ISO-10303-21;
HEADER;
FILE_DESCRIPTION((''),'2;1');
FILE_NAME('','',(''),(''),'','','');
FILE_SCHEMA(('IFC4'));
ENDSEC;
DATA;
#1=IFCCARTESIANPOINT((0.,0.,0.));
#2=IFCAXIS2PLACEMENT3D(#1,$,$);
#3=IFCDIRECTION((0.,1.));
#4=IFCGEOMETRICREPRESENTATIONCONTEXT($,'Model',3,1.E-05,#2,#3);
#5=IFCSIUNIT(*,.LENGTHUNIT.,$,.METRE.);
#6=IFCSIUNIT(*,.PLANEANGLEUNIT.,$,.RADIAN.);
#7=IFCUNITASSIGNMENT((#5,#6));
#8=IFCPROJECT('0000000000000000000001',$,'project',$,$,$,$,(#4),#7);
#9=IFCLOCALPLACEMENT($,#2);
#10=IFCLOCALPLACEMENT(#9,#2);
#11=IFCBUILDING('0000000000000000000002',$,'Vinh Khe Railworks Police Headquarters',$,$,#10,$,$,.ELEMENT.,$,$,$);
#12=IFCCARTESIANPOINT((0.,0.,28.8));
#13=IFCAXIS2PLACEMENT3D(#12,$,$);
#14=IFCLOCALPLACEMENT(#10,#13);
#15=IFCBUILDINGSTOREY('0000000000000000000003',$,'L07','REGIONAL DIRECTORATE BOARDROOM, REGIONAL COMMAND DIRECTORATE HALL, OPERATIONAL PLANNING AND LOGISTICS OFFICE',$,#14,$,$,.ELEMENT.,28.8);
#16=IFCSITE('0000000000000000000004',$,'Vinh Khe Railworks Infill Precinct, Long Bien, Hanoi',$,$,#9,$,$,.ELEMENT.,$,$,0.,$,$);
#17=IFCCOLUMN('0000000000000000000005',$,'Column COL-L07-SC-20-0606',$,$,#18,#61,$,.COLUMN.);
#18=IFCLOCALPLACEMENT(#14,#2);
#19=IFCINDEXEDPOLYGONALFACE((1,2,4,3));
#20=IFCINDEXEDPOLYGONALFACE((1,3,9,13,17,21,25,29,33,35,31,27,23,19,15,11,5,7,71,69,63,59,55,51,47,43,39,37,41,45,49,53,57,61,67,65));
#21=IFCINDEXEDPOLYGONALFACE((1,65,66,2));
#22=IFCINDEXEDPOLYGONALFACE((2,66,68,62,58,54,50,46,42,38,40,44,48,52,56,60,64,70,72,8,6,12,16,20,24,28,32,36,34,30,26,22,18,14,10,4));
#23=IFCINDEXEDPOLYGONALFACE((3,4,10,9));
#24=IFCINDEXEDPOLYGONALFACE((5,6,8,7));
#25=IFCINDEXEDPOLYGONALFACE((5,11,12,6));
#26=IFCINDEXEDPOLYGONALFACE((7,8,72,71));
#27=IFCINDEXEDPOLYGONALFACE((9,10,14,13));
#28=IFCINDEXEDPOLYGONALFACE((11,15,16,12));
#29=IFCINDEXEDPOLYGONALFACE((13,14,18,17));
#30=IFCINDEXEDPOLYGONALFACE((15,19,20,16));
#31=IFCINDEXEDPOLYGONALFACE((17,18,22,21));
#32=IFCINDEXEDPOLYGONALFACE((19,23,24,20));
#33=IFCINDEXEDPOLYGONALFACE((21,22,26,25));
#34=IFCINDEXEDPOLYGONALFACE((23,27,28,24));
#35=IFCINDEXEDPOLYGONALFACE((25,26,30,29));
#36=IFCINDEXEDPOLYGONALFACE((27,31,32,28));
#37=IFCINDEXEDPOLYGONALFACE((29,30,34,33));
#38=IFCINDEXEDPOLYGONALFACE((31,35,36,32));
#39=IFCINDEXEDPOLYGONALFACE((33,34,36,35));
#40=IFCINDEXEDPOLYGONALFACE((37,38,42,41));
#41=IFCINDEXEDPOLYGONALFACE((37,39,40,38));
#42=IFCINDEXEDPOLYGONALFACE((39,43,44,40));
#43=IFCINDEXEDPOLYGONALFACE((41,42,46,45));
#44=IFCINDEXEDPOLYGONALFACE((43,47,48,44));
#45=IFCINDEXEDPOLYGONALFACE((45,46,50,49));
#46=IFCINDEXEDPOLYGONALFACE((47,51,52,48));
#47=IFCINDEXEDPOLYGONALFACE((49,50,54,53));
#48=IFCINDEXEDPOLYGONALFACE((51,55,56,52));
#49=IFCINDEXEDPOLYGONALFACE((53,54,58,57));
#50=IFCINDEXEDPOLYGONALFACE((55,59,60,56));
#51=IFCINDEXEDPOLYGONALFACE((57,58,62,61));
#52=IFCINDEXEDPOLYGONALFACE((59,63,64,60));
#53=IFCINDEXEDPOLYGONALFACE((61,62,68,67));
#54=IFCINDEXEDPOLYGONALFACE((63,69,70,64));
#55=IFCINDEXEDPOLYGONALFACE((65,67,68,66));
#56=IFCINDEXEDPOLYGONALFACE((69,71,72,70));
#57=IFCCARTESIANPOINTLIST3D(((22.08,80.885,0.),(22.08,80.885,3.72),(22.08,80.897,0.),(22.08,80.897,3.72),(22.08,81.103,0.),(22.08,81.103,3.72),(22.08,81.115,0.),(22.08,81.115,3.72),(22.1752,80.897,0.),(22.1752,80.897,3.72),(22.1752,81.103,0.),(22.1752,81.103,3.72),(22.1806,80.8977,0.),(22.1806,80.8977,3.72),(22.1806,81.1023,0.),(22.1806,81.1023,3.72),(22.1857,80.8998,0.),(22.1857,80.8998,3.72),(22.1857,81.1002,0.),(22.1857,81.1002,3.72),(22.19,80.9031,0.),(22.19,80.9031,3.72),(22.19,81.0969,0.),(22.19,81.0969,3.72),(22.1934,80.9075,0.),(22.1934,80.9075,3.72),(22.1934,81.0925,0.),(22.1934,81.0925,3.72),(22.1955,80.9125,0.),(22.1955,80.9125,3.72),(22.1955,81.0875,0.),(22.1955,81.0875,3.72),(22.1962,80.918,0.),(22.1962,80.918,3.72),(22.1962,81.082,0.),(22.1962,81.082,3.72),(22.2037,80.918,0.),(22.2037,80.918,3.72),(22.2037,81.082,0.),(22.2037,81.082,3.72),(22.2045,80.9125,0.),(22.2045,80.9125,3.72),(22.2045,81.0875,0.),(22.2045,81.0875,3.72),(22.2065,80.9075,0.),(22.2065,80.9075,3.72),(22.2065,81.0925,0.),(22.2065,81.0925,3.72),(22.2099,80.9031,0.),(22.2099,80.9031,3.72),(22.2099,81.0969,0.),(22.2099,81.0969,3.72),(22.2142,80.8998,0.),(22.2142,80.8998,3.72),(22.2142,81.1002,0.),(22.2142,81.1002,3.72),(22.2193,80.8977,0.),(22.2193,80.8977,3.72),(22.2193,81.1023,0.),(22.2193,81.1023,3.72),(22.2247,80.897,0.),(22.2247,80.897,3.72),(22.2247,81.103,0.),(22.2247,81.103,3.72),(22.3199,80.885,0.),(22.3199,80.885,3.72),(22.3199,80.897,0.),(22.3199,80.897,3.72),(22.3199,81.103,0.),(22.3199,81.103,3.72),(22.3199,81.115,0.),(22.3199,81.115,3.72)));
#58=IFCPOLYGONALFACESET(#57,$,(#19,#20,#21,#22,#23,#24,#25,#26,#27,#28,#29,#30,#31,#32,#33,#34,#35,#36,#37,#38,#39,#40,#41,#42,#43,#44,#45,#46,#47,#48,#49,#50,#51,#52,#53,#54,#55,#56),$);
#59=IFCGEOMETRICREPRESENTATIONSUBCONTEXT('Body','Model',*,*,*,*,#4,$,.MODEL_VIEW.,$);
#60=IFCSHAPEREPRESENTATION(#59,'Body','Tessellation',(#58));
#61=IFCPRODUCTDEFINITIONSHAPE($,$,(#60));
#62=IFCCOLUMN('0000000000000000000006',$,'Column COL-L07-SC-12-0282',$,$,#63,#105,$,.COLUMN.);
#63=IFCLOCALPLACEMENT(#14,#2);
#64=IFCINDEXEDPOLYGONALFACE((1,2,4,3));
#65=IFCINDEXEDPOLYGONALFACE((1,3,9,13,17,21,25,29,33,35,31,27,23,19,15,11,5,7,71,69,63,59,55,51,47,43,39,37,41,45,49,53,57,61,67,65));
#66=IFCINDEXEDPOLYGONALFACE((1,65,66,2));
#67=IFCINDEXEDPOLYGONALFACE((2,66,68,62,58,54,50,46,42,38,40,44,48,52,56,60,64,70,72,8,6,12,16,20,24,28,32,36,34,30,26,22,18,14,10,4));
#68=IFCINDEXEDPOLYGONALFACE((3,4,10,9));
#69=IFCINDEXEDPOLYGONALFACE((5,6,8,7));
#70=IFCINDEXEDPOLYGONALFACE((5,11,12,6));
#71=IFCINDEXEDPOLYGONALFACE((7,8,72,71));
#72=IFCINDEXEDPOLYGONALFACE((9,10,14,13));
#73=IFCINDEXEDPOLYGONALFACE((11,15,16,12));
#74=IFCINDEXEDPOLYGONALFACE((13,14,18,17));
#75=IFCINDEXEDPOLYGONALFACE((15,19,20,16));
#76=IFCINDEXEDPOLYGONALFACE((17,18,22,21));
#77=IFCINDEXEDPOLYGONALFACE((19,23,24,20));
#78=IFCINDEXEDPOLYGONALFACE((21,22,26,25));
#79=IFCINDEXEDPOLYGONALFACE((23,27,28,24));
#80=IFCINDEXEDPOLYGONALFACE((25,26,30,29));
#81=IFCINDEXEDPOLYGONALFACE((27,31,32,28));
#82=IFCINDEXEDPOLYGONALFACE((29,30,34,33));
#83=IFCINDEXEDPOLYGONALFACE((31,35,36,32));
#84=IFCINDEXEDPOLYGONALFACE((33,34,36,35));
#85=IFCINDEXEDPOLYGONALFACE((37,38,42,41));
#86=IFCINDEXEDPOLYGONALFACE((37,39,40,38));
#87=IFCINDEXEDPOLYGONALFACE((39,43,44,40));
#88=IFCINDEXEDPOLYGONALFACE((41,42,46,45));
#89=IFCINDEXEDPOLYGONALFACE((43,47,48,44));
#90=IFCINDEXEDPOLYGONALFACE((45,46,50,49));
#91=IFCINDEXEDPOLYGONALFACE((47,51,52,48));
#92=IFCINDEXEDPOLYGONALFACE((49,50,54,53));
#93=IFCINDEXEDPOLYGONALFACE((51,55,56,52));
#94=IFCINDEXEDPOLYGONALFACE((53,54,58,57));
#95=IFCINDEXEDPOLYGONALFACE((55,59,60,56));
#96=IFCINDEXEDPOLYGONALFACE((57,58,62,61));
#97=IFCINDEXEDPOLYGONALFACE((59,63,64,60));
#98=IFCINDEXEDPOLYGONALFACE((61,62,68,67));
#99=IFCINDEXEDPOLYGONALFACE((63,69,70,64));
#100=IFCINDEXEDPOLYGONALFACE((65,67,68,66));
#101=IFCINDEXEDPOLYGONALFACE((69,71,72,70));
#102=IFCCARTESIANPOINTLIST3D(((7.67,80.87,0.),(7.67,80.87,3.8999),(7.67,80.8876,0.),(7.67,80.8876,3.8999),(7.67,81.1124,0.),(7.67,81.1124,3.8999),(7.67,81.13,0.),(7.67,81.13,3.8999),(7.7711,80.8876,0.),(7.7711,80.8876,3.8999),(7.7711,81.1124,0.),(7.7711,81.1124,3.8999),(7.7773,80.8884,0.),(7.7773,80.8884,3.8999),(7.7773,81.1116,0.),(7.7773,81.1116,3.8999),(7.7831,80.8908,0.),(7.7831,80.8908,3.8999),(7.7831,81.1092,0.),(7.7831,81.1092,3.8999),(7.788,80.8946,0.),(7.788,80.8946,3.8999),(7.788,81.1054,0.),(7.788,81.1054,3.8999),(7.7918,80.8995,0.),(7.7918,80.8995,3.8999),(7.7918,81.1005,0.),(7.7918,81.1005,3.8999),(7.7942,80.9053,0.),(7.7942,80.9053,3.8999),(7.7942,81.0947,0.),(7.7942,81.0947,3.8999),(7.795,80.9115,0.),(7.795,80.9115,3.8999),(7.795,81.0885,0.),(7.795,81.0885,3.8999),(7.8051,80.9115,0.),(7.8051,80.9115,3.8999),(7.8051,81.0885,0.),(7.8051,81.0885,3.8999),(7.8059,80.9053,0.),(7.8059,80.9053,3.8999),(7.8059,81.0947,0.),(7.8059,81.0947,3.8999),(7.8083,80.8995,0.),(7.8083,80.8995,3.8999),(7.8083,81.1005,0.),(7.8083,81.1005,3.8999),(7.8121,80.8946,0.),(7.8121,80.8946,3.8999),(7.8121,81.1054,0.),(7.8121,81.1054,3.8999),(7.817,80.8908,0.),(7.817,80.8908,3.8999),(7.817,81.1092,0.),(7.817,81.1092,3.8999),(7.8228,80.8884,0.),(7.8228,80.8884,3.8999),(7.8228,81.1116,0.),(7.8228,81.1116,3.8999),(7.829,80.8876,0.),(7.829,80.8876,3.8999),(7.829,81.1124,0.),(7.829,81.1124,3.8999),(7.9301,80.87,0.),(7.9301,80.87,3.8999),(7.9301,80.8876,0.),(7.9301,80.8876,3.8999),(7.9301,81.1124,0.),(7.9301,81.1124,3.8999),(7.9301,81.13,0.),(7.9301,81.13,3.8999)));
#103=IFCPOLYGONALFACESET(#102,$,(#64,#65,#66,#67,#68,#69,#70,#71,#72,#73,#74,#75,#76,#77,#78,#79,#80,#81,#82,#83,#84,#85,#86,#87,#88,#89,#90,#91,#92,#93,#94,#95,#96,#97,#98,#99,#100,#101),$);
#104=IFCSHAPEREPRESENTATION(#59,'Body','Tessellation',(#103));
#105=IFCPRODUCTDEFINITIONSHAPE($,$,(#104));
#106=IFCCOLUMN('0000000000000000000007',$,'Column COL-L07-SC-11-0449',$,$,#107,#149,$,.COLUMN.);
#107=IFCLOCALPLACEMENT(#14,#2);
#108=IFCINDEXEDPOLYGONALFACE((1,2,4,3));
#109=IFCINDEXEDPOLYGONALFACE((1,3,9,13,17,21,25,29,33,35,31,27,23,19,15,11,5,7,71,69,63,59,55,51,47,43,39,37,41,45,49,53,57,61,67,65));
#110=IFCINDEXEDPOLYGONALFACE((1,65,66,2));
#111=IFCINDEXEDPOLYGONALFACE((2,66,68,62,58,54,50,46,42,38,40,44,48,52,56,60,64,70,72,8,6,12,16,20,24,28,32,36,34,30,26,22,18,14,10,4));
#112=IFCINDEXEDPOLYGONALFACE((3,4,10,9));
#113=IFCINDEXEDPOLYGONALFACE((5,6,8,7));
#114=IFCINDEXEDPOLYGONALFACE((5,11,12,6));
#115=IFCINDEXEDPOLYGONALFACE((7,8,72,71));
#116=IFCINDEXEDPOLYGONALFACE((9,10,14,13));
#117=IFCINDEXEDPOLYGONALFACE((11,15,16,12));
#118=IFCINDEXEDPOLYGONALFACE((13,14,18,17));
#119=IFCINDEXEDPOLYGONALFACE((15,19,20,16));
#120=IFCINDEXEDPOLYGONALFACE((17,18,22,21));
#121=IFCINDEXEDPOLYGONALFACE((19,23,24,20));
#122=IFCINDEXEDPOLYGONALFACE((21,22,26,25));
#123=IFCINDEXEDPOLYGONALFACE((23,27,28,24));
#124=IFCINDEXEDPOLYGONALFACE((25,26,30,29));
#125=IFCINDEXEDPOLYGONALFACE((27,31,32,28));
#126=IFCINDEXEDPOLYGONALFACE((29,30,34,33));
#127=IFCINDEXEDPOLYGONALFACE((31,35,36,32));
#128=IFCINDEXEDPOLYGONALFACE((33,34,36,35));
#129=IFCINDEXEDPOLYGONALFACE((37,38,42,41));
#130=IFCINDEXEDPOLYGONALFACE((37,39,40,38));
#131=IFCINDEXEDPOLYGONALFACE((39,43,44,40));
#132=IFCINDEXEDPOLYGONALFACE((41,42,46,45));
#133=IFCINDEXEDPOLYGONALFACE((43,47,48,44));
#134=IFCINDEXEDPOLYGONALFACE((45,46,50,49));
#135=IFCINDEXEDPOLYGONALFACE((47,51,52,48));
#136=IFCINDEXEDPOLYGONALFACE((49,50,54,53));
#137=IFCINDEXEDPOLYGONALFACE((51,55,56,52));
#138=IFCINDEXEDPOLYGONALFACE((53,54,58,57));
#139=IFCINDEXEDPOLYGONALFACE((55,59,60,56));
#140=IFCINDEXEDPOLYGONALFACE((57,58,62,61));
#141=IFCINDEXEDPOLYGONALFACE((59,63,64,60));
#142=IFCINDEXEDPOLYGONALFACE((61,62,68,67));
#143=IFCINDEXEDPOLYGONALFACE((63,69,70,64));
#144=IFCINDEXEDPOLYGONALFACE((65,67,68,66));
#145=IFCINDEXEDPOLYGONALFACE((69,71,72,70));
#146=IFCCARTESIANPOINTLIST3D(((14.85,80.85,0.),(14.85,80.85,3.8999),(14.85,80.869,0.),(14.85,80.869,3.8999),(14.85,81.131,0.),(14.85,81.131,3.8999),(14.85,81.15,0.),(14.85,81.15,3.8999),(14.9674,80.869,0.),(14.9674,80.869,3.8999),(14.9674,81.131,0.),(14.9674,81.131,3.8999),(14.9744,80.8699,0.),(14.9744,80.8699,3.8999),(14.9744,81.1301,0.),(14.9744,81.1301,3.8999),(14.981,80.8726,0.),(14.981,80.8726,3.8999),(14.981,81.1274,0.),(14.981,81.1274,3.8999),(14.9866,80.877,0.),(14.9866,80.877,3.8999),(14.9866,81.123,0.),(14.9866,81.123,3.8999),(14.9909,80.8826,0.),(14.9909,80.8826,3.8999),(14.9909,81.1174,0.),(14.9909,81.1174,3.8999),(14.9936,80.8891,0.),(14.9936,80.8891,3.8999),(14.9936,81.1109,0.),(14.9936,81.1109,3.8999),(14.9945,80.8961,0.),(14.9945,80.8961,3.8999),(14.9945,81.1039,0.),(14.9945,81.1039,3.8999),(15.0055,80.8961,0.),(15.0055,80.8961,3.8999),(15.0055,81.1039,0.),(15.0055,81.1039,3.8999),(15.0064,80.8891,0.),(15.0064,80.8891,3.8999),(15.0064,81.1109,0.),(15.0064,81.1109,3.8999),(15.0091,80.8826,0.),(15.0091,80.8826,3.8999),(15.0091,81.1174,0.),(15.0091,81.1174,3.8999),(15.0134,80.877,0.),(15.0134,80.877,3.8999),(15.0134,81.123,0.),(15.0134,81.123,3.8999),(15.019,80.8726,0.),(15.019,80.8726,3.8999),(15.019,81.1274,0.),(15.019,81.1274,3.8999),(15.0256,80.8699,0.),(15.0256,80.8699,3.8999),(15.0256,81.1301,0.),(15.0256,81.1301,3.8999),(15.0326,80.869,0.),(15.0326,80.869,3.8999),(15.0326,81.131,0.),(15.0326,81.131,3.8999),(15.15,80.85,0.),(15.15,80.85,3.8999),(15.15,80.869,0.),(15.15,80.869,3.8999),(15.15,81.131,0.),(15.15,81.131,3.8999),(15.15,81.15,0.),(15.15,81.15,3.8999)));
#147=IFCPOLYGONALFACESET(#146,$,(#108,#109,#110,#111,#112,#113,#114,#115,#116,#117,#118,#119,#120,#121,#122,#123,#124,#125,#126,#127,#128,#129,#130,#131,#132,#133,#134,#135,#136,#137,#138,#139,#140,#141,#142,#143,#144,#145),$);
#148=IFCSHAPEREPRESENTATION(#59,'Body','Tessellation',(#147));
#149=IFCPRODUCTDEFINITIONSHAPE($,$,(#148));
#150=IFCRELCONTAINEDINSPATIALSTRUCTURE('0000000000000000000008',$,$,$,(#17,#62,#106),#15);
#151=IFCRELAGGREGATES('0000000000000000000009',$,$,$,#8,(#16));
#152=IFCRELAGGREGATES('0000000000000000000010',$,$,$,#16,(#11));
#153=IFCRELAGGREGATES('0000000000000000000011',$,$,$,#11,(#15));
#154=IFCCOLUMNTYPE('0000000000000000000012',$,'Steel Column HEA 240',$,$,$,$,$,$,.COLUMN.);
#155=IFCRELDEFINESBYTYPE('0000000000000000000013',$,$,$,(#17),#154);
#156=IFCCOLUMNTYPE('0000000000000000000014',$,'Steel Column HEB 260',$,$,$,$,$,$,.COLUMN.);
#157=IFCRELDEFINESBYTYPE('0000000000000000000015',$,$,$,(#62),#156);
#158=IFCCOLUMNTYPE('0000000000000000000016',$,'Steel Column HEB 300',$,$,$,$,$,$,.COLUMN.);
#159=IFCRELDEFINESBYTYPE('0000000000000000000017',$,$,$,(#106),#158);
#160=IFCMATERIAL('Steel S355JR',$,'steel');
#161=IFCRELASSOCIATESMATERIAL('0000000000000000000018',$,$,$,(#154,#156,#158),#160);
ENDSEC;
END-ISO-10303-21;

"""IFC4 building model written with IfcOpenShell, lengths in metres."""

from ifc_helpers import new_model, si_unit, direction, frame, origin, origin_2d, place, context, subcontext, project, spatial, i_section, extrude, material, material_profile, profile_set, type_object, element, save


model = new_model("IFC4")

# Units and contexts
model_context = context("Model", 3, precision=1e-05, world=origin(), true_north=direction((0.0, 1.0)))
body_context = subcontext(model_context, "Body", "Model", "MODEL_VIEW")
ifc_project = project(units=[si_unit("LENGTHUNIT", "METRE"), si_unit("PLANEANGLEUNIT", "RADIAN")], contexts=[model_context])

# Site, building, storey
site_placement = place(None, origin())
site = spatial("IfcSite", under=ifc_project, at=site_placement, Name="Vinh Khe Railworks Infill Precinct, Long Bien, Hanoi", CompositionType="ELEMENT", RefElevation=0.0)
building_placement = place(site_placement, origin())
building = spatial("IfcBuilding", under=site, at=building_placement, Name="Vinh Khe Railworks Police Headquarters", CompositionType="ELEMENT")
storey_placement = place(building_placement, frame((0.0, 0.0, 28.8)))
storey = spatial("IfcBuildingStorey", under=building, at=storey_placement, Name="L07", Description="REGIONAL DIRECTORATE BOARDROOM, REGIONAL COMMAND DIRECTORATE HALL, OPERATIONAL PLANNING AND LOGISTICS OFFICE", CompositionType="ELEMENT", Elevation=28.8)

# Columns
ifc_material_1 = material(Name="Steel S355JR", Category="steel")
ifc_material_profile_1 = material_profile(ifc_material_1, i_section(OverallWidth=0.24, OverallDepth=0.23, WebThickness=0.0076, FlangeThickness=0.012, FilletRadius=0.021, at=origin_2d()), Name="HEA 240")
ifc_profile_set_1 = profile_set([ifc_material_profile_1], Name="Steel S355JR")
column_type_1 = type_object("IfcColumnType", Name="Steel Column HEA 240", PredefinedType="COLUMN", material=ifc_profile_set_1)
column_1_placement = place(storey_placement, frame((22.2, 81.0, 0.0), z_axis=(0.0, 0.0, 1.0), x_axis=(1.0, 0.0, 0.0)))
element("IfcColumn", 1, at=column_1_placement, inside=storey, type_object=column_type_1, Name="Column COL-L07-SC-20-0606", PredefinedType="COLUMN", context=body_context, shape_type="SweptSolid", body=[
    extrude(i_section(OverallWidth=0.24, OverallDepth=0.23, WebThickness=0.0076, FlangeThickness=0.012, FilletRadius=0.021, at=origin_2d()), origin(), (0.0, 0.0, 1.0), 3.72),
])
ifc_material_profile_2 = material_profile(ifc_material_1, i_section(OverallWidth=0.26, OverallDepth=0.26, WebThickness=0.01, FlangeThickness=0.0176, FilletRadius=0.0239, at=origin_2d()), Name="HEB 260")
ifc_profile_set_2 = profile_set([ifc_material_profile_2], Name="Steel S355JR")
column_type_2 = type_object("IfcColumnType", Name="Steel Column HEB 260", PredefinedType="COLUMN", material=ifc_profile_set_2)
column_2_placement = place(storey_placement, frame((7.8, 81.0, 0.0), z_axis=(0.0, 0.0, 1.0), x_axis=(1.0, 0.0, 0.0)))
element("IfcColumn", 2, at=column_2_placement, inside=storey, type_object=column_type_2, Name="Column COL-L07-SC-12-0282", PredefinedType="COLUMN", context=body_context, shape_type="SweptSolid", body=[
    extrude(i_section(OverallWidth=0.26, OverallDepth=0.26, WebThickness=0.01, FlangeThickness=0.0176, FilletRadius=0.0239, at=origin_2d()), origin(), (0.0, 0.0, 1.0), 3.8999),
])
ifc_material_profile_3 = material_profile(ifc_material_1, i_section(OverallWidth=0.3, OverallDepth=0.3, WebThickness=0.011, FlangeThickness=0.019, FilletRadius=0.0271, at=origin_2d()), Name="HEB 300")
ifc_profile_set_3 = profile_set([ifc_material_profile_3], Name="Steel S355JR")
column_type_3 = type_object("IfcColumnType", Name="Steel Column HEB 300", PredefinedType="COLUMN", material=ifc_profile_set_3)
column_3_placement = place(storey_placement, frame((15.0, 81.0, 0.0), z_axis=(0.0, 0.0, 1.0), x_axis=(1.0, 0.0, 0.0)))
element("IfcColumn", 3, at=column_3_placement, inside=storey, type_object=column_type_3, Name="Column COL-L07-SC-11-0449", PredefinedType="COLUMN", context=body_context, shape_type="SweptSolid", body=[
    extrude(i_section(OverallWidth=0.3, OverallDepth=0.3, WebThickness=0.011, FlangeThickness=0.019, FilletRadius=0.0271, at=origin_2d()), origin(), (0.0, 0.0, 1.0), 3.8999),
])

save(model, "model.ifc")
